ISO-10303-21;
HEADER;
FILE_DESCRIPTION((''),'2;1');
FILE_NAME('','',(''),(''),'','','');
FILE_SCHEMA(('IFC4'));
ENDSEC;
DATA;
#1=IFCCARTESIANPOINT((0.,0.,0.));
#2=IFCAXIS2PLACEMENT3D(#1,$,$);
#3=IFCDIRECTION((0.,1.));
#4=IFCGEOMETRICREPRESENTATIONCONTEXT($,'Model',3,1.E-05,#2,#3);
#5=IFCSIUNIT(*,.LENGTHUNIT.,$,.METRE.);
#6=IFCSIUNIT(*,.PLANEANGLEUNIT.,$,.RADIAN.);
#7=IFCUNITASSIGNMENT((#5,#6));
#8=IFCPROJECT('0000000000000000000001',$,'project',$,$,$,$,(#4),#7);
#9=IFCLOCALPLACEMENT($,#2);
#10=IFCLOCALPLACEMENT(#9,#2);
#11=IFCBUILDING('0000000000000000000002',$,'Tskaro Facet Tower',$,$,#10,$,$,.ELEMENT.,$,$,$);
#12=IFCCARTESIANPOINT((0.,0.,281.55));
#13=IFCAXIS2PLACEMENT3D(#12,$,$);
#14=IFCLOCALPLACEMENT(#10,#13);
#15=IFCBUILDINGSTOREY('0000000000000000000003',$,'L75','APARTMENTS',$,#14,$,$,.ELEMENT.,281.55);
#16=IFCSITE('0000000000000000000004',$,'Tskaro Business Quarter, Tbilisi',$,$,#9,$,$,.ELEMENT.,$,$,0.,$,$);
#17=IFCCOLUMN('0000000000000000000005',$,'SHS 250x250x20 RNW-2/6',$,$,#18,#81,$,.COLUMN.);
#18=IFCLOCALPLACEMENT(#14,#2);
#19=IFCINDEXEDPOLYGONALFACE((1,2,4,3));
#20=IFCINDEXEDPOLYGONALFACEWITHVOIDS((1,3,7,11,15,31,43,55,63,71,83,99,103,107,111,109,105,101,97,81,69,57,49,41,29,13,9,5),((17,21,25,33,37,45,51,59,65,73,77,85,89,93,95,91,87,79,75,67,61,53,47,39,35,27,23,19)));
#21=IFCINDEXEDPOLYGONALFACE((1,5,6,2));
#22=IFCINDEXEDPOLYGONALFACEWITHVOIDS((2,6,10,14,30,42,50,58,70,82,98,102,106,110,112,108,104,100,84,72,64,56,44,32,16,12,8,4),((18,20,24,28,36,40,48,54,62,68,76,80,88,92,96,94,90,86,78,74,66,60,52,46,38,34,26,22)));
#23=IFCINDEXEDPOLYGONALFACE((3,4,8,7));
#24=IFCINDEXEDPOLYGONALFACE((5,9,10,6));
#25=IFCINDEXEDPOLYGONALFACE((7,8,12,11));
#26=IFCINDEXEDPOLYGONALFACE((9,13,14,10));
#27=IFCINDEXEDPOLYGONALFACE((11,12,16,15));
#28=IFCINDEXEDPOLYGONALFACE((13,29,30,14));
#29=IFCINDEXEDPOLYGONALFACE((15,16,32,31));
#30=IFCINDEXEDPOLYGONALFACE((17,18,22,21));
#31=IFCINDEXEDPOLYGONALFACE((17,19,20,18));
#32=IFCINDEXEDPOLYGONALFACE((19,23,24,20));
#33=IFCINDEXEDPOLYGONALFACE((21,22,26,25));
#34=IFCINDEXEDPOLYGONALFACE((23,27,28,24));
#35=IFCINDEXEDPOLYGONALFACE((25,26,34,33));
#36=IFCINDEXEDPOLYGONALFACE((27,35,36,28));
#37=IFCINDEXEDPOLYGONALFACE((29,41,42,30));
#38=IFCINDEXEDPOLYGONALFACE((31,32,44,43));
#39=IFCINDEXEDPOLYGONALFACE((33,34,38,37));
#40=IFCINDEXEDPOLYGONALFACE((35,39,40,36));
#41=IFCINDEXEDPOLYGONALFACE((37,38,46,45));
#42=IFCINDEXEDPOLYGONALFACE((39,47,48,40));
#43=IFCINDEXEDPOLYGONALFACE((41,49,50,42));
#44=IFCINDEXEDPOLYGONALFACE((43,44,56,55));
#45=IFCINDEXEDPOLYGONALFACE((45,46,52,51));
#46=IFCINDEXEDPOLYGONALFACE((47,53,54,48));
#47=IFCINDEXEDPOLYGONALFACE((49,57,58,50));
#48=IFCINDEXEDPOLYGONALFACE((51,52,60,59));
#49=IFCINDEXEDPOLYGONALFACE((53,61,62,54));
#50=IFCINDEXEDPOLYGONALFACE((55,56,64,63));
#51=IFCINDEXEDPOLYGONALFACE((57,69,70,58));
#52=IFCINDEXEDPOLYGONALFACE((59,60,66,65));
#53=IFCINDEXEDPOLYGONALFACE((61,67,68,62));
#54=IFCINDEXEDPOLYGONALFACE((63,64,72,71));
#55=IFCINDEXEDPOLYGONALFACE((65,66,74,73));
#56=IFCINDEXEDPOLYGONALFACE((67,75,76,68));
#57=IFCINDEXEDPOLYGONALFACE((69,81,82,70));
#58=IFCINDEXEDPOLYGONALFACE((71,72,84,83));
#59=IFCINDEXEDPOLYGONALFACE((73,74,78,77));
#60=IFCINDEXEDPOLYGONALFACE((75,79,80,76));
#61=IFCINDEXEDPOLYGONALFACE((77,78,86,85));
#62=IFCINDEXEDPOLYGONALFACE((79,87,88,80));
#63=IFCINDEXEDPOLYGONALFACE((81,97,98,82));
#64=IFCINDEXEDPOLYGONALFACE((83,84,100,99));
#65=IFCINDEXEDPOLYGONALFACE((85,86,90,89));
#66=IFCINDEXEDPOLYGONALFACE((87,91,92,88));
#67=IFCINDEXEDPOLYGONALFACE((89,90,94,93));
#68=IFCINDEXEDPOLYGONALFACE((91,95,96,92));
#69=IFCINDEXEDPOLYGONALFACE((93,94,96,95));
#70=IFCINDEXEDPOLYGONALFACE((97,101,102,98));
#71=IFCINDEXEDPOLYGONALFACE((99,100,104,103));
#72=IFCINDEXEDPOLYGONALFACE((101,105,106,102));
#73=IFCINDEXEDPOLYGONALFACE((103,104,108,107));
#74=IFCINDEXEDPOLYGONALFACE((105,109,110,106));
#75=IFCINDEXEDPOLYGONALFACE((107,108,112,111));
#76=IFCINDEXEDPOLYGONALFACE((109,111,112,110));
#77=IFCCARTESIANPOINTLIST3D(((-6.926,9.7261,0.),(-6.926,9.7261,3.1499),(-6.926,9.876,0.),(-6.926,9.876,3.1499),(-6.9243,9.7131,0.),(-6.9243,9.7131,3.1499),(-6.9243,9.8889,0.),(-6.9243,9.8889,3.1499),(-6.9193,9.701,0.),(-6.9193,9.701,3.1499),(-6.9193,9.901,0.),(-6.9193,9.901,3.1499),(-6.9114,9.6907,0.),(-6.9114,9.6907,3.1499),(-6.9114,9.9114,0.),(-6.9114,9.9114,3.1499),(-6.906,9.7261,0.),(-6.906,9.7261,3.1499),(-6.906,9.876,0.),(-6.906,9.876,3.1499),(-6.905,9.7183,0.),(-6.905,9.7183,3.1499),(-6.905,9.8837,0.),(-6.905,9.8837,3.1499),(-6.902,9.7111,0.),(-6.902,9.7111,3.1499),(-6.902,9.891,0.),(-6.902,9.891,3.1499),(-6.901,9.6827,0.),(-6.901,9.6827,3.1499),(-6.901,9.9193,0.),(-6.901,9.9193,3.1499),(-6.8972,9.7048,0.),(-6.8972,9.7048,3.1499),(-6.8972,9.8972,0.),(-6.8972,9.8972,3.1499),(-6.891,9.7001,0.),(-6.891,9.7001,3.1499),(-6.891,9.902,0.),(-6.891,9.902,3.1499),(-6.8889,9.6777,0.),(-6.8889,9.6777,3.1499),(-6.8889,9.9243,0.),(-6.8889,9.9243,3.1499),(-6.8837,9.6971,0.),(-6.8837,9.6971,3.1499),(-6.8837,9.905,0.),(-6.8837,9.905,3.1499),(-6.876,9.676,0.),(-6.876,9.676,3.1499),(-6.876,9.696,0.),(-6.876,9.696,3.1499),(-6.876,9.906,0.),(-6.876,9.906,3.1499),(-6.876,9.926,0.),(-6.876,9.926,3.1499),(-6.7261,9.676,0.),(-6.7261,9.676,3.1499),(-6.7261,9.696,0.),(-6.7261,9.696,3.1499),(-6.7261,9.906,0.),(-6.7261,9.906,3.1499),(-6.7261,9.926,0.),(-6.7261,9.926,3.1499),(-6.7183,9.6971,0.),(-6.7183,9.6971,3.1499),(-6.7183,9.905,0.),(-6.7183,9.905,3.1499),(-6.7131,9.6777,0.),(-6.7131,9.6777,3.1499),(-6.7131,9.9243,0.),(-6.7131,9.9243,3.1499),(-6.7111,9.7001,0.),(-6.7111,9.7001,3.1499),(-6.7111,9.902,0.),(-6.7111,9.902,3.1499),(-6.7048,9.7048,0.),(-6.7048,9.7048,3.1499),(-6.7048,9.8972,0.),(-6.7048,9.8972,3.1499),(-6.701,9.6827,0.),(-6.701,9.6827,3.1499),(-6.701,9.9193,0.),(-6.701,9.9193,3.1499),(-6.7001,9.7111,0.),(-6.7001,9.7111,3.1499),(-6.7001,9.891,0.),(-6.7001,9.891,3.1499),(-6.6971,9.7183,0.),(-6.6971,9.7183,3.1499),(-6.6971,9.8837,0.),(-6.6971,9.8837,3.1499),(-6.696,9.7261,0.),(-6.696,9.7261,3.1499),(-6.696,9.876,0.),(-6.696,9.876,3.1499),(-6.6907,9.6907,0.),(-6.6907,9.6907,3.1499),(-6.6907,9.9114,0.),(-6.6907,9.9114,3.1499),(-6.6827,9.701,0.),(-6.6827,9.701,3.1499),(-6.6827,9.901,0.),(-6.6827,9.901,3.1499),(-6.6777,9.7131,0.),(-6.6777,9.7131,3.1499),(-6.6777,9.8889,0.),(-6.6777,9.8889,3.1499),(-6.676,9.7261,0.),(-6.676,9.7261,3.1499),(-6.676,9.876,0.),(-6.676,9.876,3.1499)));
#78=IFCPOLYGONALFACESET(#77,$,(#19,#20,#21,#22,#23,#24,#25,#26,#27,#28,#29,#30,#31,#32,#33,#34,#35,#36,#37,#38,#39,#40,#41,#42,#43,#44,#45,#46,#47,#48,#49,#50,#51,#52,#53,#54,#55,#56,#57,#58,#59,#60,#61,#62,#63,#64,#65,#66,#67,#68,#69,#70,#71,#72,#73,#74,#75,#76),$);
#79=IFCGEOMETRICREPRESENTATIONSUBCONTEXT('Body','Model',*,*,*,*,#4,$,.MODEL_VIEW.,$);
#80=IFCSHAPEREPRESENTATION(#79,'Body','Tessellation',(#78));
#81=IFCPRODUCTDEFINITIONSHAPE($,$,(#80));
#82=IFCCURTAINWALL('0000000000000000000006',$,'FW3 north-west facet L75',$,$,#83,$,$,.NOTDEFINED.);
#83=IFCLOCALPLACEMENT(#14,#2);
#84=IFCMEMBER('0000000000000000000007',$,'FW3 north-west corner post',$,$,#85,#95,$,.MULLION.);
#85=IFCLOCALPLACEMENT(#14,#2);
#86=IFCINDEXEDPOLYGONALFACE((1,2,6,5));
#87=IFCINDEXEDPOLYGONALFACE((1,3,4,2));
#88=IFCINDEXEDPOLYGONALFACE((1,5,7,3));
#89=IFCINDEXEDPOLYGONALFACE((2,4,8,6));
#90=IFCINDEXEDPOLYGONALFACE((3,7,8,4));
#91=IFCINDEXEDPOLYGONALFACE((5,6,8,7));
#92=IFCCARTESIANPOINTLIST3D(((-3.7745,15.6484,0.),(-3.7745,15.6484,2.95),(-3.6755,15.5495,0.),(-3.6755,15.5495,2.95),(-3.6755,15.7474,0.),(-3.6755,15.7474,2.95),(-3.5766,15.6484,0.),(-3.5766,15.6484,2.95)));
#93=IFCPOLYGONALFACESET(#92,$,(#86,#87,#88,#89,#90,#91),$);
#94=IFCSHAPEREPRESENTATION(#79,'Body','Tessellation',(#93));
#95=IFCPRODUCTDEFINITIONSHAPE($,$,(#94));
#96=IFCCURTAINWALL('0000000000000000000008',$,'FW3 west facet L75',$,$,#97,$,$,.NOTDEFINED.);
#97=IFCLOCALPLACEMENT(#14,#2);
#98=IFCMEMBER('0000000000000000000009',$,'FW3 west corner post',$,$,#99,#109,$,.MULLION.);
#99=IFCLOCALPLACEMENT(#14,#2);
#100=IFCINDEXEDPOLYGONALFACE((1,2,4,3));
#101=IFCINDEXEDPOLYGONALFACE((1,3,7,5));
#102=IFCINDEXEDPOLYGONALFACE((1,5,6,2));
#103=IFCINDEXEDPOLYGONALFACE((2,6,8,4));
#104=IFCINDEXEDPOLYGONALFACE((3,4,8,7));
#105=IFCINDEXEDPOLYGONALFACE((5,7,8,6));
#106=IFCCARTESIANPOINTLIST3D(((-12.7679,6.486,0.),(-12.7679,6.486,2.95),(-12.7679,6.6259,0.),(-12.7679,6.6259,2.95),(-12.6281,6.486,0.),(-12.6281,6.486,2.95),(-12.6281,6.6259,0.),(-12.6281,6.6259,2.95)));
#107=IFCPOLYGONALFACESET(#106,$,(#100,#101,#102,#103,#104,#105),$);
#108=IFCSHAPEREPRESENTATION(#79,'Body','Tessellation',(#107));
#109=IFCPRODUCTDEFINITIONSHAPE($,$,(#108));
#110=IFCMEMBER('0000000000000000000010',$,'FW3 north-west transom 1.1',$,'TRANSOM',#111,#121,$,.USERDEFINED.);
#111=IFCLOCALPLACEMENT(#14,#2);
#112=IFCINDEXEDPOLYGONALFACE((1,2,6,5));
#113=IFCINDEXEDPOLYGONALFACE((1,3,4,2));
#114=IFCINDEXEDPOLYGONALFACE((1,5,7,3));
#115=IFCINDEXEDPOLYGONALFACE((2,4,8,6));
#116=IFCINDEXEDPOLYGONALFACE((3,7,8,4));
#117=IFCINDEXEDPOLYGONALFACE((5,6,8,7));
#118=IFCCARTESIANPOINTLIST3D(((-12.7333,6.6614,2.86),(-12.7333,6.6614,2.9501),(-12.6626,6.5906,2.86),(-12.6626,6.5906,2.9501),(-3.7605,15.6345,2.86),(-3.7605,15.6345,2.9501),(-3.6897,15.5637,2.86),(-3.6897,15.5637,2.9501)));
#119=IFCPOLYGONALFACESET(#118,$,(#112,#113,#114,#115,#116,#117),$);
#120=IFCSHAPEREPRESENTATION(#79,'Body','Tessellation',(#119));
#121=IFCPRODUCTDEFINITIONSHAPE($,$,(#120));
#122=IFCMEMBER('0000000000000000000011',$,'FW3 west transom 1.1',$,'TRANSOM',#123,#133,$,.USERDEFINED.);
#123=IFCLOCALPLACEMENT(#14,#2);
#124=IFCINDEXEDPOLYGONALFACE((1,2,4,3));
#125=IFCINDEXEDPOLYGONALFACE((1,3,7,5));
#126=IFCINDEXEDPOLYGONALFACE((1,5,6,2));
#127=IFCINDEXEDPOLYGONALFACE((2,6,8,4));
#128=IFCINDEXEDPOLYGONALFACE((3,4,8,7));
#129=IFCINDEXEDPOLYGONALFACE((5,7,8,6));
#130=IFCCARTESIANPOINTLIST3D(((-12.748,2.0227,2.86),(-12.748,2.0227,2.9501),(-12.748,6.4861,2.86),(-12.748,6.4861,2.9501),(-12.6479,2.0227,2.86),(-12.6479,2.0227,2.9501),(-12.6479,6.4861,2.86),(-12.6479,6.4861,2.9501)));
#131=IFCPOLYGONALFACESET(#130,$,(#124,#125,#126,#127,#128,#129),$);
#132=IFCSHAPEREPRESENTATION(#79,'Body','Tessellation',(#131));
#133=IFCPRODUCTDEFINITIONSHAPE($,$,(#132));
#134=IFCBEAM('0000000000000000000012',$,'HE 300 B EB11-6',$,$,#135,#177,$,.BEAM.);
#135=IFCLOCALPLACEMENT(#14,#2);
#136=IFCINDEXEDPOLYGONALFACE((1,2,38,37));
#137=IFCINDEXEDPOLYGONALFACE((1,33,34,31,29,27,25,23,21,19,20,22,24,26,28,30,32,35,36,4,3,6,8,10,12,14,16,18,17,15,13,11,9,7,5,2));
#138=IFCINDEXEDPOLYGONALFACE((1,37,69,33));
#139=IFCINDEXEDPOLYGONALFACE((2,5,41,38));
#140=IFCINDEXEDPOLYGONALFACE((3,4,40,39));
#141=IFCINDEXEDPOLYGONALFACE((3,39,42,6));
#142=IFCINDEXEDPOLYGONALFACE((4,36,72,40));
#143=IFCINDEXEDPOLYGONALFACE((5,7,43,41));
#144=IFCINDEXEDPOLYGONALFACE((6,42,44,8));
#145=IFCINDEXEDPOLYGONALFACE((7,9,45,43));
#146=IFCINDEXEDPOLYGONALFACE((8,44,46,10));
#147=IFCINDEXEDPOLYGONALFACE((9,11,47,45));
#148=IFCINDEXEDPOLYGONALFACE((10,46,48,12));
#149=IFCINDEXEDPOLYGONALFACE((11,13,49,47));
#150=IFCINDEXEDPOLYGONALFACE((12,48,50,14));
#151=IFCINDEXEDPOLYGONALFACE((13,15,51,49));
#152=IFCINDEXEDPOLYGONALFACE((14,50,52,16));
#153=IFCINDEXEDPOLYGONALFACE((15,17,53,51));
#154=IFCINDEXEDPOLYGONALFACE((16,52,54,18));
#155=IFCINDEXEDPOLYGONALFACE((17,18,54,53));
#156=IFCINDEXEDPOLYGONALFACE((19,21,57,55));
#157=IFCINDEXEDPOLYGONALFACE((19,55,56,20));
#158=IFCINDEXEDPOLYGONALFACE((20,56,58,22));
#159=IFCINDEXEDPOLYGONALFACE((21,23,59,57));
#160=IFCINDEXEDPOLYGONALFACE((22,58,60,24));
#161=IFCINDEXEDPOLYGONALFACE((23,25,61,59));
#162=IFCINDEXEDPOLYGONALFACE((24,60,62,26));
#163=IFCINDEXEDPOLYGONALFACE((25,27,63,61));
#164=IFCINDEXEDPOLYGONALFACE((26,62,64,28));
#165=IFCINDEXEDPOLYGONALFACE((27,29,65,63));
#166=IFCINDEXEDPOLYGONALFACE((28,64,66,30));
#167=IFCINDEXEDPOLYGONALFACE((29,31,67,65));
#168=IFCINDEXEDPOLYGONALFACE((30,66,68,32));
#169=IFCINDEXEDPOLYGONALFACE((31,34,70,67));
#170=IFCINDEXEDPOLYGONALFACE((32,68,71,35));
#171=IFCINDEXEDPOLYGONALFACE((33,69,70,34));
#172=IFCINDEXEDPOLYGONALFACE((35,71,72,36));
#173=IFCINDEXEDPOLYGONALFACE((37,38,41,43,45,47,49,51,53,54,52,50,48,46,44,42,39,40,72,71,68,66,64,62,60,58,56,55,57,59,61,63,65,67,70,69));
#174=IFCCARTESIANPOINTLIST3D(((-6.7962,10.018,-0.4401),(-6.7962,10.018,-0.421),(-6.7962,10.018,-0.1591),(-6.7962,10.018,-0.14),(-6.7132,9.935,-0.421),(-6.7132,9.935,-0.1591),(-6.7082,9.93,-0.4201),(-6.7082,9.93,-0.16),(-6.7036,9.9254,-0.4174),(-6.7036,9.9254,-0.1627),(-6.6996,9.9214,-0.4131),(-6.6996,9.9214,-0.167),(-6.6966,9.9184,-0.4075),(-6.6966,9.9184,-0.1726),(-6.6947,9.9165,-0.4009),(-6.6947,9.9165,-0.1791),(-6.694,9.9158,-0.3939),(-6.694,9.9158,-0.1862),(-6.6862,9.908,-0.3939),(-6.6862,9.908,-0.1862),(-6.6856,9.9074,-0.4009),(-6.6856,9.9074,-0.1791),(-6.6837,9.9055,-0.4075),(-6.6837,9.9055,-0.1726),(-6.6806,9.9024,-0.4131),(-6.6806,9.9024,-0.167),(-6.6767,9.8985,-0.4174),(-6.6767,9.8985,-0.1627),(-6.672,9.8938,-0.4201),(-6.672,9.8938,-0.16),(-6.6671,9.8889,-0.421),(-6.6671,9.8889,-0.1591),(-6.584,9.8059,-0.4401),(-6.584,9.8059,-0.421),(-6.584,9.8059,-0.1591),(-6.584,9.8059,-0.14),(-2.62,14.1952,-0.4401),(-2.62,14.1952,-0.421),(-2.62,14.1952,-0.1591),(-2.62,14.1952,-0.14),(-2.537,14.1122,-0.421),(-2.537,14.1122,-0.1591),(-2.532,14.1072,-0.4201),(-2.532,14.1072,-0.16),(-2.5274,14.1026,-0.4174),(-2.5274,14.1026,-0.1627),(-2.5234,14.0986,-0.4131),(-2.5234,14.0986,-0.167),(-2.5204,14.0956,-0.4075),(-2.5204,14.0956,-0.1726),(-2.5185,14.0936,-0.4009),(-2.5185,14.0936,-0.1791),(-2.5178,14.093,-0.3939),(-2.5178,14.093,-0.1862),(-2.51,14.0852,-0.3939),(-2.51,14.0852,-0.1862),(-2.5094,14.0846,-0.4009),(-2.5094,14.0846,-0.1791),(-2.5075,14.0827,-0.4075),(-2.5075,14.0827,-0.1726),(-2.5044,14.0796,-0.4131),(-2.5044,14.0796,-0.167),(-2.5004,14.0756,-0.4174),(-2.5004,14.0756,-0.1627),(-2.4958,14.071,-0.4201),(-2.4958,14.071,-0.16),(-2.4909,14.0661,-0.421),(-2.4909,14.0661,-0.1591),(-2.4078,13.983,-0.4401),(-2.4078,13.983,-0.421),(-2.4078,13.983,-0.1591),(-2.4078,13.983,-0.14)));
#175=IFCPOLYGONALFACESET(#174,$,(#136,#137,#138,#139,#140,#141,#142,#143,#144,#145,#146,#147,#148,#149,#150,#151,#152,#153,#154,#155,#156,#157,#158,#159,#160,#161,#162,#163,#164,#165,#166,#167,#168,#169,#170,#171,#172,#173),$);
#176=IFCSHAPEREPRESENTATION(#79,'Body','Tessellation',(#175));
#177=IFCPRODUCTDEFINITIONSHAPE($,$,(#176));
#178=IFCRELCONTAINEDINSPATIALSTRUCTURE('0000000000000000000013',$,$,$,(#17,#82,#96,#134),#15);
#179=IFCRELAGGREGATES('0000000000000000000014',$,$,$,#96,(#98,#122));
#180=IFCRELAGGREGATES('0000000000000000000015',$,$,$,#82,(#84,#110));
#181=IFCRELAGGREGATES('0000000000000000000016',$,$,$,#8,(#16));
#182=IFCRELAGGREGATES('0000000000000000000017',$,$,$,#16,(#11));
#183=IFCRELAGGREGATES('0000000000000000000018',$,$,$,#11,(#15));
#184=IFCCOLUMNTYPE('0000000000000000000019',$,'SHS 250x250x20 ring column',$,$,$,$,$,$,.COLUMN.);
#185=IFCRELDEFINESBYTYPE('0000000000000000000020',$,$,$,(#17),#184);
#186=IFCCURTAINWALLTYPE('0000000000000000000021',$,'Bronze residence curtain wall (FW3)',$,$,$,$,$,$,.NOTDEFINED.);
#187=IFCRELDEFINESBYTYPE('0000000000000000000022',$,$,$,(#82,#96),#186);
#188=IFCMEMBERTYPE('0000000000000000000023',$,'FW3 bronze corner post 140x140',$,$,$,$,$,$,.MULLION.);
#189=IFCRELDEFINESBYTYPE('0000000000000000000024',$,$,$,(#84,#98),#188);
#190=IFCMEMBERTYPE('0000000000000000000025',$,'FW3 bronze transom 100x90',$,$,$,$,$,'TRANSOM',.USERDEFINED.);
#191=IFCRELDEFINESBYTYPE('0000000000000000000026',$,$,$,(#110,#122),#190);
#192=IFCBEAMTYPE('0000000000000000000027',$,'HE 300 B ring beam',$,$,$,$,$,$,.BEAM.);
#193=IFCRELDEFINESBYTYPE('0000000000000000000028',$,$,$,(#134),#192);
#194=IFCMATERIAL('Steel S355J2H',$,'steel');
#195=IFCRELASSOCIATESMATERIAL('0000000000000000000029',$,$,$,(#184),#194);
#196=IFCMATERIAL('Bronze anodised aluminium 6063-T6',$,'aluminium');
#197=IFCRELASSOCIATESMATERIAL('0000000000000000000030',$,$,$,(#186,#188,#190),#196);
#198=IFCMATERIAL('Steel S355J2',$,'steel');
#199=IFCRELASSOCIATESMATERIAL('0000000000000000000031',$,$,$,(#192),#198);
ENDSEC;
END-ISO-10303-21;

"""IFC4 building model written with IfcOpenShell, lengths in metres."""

from ifc_helpers import new_model, si_unit, direction, frame, origin, origin_2d, place, context, subcontext, project, spatial, rectangle, hollow_rectangle, i_section, extrude, material, material_profile, profile_set, type_object, element, aggregate, save


model = new_model("IFC4")

# Units and contexts
model_context = context("Model", 3, precision=1e-05, world=origin(), true_north=direction((0.0, 1.0)))
body_context = subcontext(model_context, "Body", "Model", "MODEL_VIEW")
ifc_project = project(units=[si_unit("LENGTHUNIT", "METRE"), si_unit("PLANEANGLEUNIT", "RADIAN")], contexts=[model_context])

# Site, building, storey
site_placement = place(None, origin())
site = spatial("IfcSite", under=ifc_project, at=site_placement, Name="Tskaro Business Quarter, Tbilisi", CompositionType="ELEMENT", RefElevation=0.0)
building_placement = place(site_placement, origin())
building = spatial("IfcBuilding", under=site, at=building_placement, Name="Tskaro Facet Tower", CompositionType="ELEMENT")
storey_placement = place(building_placement, frame((0.0, 0.0, 281.55)))
storey = spatial("IfcBuildingStorey", under=building, at=storey_placement, Name="L75", Description="APARTMENTS", CompositionType="ELEMENT", Elevation=281.55)

# Column
ifc_material_1 = material(Name="Steel S355J2", Category="steel")
ifc_material_2 = material(Name="Steel S355J2H", Category="steel")
ifc_material_profile_1 = material_profile(ifc_material_2, hollow_rectangle(XDim=0.25, YDim=0.25, WallThickness=0.02, InnerFilletRadius=0.03, OuterFilletRadius=0.05, at=origin_2d()), Name="SHS 250x250x20")
ifc_profile_set_1 = profile_set([ifc_material_profile_1], Name="Steel S355J2H")
column_type_1 = type_object("IfcColumnType", Name="SHS 250x250x20 ring column", PredefinedType="COLUMN", material=ifc_profile_set_1)
for number, where, z_axis, x_axis, name in (
    (1, (-6.801, 9.801, 0.0), (0.0, 0.0, 1.0), (1.0, 0.0, 0.0), "SHS 250x250x20 RNW-2/6"),
):
    element("IfcColumn", number, at=place(storey_placement, frame(where, z_axis=z_axis, x_axis=x_axis)), inside=storey, type_object=column_type_1, Name=name, PredefinedType="COLUMN", context=body_context, shape_type="SweptSolid", body=[
        extrude(hollow_rectangle(XDim=0.25, YDim=0.25, WallThickness=0.02, InnerFilletRadius=0.03, OuterFilletRadius=0.05, at=origin_2d()), origin(), (0.0, 0.0, 1.0), 3.1499),
    ])

# Curtain walls, members
ifc_material_3 = material(Name="Bronze anodised aluminium 6063-T6", Category="aluminium")
curtain_wall_type = type_object("IfcCurtainWallType", Name="Bronze residence curtain wall (FW3)", PredefinedType="NOTDEFINED", material=ifc_material_3)
curtain_wall_1_placement = place(storey_placement, origin())
curtain_wall_1 = element("IfcCurtainWall", 2, at=curtain_wall_1_placement, inside=storey, type_object=curtain_wall_type, Name="FW3 north-west facet L75", PredefinedType="NOTDEFINED")
ifc_material_profile_2 = material_profile(ifc_material_3, rectangle(XDim=0.1399, YDim=0.1399, at=origin_2d()), Name="Corner post 140x140")
ifc_profile_set_2 = profile_set([ifc_material_profile_2], Name="Bronze anodised aluminium 6063-T6")
member_type_1 = type_object("IfcMemberType", Name="FW3 bronze corner post 140x140", PredefinedType="MULLION", material=ifc_profile_set_2)
member_1_placement = place(storey_placement, frame((-3.6755, 15.6484, 0.0), z_axis=(0.0, 0.0, 1.0), x_axis=(-0.707107, -0.707107, 0.0)))
member_1 = element("IfcMember", 3, at=member_1_placement, type_object=member_type_1, Name="FW3 north-west corner post", PredefinedType="MULLION", context=body_context, shape_type="SweptSolid", body=[
    extrude(rectangle(XDim=0.1399, YDim=0.1399, at=origin_2d()), origin(), (0.0, 0.0, 1.0), 2.95),
])
curtain_wall_2_placement = place(storey_placement, origin())
curtain_wall_2 = element("IfcCurtainWall", 4, at=curtain_wall_2_placement, inside=storey, type_object=curtain_wall_type, Name="FW3 west facet L75", PredefinedType="NOTDEFINED")
member_2_placement = place(storey_placement, frame((-12.698, 6.5559, 0.0), z_axis=(0.0, 0.0, 1.0), x_axis=(0.0, -1.0, 0.0)))
member_2 = element("IfcMember", 5, at=member_2_placement, type_object=member_type_1, Name="FW3 west corner post", PredefinedType="MULLION", context=body_context, shape_type="SweptSolid", body=[
    extrude(rectangle(XDim=0.1399, YDim=0.1399, at=origin_2d()), origin(), (0.0, 0.0, 1.0), 2.95),
])

# Members
ifc_material_profile_3 = material_profile(ifc_material_3, rectangle(XDim=0.1001, YDim=0.0901, at=origin_2d()), Name="Transom 100x90")
ifc_profile_set_3 = profile_set([ifc_material_profile_3], Name="Bronze anodised aluminium 6063-T6")
member_type_2 = type_object("IfcMemberType", Name="FW3 bronze transom 100x90", ElementType="TRANSOM", PredefinedType="USERDEFINED", material=ifc_profile_set_3)
member_3_placement = place(storey_placement, frame((-3.7251, 15.5991, 2.905), z_axis=(-0.707097, -0.707116, 0.0), x_axis=(0.707116, -0.707097, 0.0)))
member_3 = element("IfcMember", 6, at=member_3_placement, type_object=member_type_2, Name="FW3 north-west transom 1.1", ObjectType="TRANSOM", PredefinedType="USERDEFINED", context=body_context, shape_type="SweptSolid", body=[
    extrude(rectangle(XDim=0.1001, YDim=0.0901, at=origin_2d()), origin(), (0.0, 0.0, 1.0), 12.6897),
])
member_4_placement = place(storey_placement, frame((-12.698, 6.4861, 2.905), z_axis=(0.0, -1.0, 0.0), x_axis=(1.0, 0.0, 0.0)))
member_4 = element("IfcMember", 7, at=member_4_placement, type_object=member_type_2, Name="FW3 west transom 1.1", ObjectType="TRANSOM", PredefinedType="USERDEFINED", context=body_context, shape_type="SweptSolid", body=[
    extrude(rectangle(XDim=0.1001, YDim=0.0901, at=origin_2d()), origin(), (0.0, 0.0, 1.0), 4.4634),
])
aggregate(curtain_wall_2, [member_2, member_4])

# Beam
ifc_material_profile_4 = material_profile(ifc_material_1, i_section(OverallWidth=0.3, OverallDepth=0.3, WebThickness=0.011, FlangeThickness=0.019, FilletRadius=0.0271, at=origin_2d()), Name="HE 300 B")
ifc_profile_set_4 = profile_set([ifc_material_profile_4], Name="Steel S355J2")
beam_type_1 = type_object("IfcBeamType", Name="HE 300 B ring beam", PredefinedType="BEAM", material=ifc_profile_set_4)
for number, where, z_axis, x_axis, name in (
    (8, (-2.5139, 14.0891, -0.29), (-0.707024, -0.707189, 0.0), (0.707189, -0.707024, 0.0), "HE 300 B EB11-6"),
):
    element("IfcBeam", number, at=place(storey_placement, frame(where, z_axis=z_axis, x_axis=x_axis)), inside=storey, type_object=beam_type_1, Name=name, PredefinedType="BEAM", context=body_context, shape_type="SweptSolid", body=[
        extrude(i_section(OverallWidth=0.3, OverallDepth=0.3, WebThickness=0.011, FlangeThickness=0.019, FilletRadius=0.0271, at=origin_2d()), origin(), (0.0, 0.0, 1.0), 5.9067),
    ])

aggregate(curtain_wall_1, [member_1, member_3])

save(model, "model.ifc")
